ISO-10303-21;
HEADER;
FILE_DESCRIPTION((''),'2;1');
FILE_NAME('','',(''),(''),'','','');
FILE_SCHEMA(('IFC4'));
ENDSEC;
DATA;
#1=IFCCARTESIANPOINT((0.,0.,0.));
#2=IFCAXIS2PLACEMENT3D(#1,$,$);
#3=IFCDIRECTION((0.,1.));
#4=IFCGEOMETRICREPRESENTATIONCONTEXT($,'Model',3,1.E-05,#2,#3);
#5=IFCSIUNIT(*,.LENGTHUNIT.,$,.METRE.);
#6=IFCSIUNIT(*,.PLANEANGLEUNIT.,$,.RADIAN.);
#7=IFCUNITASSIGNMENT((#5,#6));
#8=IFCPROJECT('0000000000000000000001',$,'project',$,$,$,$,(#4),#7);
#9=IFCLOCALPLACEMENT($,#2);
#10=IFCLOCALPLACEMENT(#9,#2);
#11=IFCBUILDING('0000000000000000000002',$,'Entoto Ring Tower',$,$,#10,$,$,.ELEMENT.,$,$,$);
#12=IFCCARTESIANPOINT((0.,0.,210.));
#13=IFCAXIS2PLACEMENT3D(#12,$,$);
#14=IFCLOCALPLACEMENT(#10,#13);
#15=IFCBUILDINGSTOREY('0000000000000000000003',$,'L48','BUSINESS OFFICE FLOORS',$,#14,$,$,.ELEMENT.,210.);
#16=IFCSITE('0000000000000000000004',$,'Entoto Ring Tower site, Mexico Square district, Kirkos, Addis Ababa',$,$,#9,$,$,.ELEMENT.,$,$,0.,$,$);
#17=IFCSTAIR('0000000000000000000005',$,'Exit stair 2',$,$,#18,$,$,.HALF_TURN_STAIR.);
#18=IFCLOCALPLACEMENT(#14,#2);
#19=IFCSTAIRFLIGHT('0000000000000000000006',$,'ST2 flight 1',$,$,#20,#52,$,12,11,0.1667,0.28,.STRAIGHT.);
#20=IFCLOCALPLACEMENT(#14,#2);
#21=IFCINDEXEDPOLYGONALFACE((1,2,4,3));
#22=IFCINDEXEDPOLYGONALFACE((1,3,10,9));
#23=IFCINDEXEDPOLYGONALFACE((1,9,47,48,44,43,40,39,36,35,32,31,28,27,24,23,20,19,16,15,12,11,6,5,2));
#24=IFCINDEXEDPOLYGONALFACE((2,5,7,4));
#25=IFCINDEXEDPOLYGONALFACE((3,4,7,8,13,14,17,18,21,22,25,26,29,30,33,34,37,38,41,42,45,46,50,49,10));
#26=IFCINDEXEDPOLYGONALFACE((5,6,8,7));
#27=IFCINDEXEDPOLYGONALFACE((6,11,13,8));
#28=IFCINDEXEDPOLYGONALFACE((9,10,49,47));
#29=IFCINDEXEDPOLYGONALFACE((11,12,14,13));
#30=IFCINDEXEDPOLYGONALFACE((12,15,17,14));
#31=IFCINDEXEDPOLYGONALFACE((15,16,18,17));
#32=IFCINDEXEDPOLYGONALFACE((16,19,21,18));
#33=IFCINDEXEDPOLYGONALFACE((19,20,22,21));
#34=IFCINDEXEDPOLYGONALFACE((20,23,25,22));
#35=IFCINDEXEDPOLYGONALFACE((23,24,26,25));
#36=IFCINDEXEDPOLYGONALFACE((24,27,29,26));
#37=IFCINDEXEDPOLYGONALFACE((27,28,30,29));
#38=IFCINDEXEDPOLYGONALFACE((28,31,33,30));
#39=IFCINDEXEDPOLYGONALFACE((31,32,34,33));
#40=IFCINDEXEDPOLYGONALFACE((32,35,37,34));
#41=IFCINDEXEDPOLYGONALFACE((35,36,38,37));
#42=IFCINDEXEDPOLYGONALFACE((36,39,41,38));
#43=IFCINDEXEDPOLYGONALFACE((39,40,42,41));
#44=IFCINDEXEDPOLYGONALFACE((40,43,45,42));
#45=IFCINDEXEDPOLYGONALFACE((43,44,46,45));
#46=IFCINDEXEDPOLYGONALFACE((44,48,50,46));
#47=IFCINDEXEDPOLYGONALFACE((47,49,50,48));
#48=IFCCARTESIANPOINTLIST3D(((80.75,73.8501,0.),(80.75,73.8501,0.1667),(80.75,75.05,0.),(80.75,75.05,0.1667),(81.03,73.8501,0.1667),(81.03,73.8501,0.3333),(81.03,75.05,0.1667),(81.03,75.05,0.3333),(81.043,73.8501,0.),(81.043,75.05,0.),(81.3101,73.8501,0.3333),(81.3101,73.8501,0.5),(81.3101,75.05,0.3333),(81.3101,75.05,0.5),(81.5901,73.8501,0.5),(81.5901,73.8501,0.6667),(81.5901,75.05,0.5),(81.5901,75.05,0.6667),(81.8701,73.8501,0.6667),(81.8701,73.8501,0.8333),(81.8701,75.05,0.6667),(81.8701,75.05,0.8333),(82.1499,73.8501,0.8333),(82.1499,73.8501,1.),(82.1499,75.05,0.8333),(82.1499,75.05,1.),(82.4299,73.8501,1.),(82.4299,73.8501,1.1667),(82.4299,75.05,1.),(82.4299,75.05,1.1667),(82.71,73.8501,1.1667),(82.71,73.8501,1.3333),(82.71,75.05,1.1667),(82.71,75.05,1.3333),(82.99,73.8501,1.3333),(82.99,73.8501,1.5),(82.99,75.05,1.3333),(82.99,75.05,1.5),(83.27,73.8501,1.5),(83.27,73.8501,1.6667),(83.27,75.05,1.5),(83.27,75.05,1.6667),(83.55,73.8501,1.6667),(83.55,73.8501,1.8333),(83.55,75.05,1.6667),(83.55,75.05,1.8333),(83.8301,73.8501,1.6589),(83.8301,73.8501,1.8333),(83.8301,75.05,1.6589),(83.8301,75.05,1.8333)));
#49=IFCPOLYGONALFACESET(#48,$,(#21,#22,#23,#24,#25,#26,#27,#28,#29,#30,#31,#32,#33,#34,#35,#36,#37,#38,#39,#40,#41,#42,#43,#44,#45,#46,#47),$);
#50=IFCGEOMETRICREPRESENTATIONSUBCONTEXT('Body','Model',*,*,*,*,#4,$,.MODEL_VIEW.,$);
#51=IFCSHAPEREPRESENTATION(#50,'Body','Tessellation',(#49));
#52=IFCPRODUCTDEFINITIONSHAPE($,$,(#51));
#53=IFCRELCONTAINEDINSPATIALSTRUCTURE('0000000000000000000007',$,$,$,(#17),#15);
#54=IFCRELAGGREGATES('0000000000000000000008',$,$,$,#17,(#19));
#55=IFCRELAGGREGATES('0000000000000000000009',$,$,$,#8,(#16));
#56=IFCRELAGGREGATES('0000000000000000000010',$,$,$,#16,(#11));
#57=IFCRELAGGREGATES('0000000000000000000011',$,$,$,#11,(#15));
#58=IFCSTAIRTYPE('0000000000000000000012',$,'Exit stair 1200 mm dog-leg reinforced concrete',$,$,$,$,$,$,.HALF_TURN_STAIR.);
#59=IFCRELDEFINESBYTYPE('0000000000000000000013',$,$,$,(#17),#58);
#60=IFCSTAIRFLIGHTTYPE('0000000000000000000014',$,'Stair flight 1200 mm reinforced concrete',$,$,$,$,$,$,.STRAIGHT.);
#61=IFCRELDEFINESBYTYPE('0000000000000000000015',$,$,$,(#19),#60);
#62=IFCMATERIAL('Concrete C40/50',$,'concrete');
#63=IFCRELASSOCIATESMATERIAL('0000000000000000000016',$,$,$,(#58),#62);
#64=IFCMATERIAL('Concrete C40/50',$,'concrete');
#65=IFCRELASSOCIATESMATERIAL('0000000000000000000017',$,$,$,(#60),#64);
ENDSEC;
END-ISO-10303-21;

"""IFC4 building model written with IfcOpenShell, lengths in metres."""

from ifc_helpers import new_model, si_unit, direction, frame, origin, place, context, subcontext, project, spatial, polyline, outline, extrude, material, type_object, element, aggregate, save


model = new_model("IFC4")

# Units and contexts
model_context = context("Model", 3, precision=1e-05, world=origin(), true_north=direction((0.0, 1.0)))
body_context = subcontext(model_context, "Body", "Model", "MODEL_VIEW")
ifc_project = project(units=[si_unit("LENGTHUNIT", "METRE"), si_unit("PLANEANGLEUNIT", "RADIAN")], contexts=[model_context])

# Site, building, storey
site_placement = place(None, origin())
site = spatial("IfcSite", under=ifc_project, at=site_placement, Name="Entoto Ring Tower site, Mexico Square district, Kirkos, Addis Ababa", CompositionType="ELEMENT", RefElevation=0.0)
building_placement = place(site_placement, origin())
building = spatial("IfcBuilding", under=site, at=building_placement, Name="Entoto Ring Tower", CompositionType="ELEMENT")
storey_placement = place(building_placement, frame((0.0, 0.0, 210.0)))
storey = spatial("IfcBuildingStorey", under=building, at=storey_placement, Name="L48", Description="BUSINESS OFFICE FLOORS", CompositionType="ELEMENT", Elevation=210.0)

# Stair, stair flight
ifc_material_1 = material(Name="Concrete C40/50", Category="concrete")
stair_type = type_object("IfcStairType", Name="Exit stair 1200 mm dog-leg reinforced concrete", PredefinedType="HALF_TURN_STAIR", material=ifc_material_1)
stair_placement = place(storey_placement, origin())
stair = element("IfcStair", 1, at=stair_placement, inside=storey, type_object=stair_type, Name="Exit stair 2", PredefinedType="HALF_TURN_STAIR")
ifc_material_2 = material(Name="Concrete C40/50", Category="concrete")
stair_flight_type = type_object("IfcStairFlightType", Name="Stair flight 1200 mm reinforced concrete", PredefinedType="STRAIGHT", material=ifc_material_2)
stair_flight_placement = place(storey_placement, frame((80.75, 74.45, 0.0), z_axis=(0.0, 0.0, 1.0), x_axis=(1.0, 0.0, 0.0)))
stair_flight = element("IfcStairFlight", 2, at=stair_flight_placement, type_object=stair_flight_type, Name="ST2 flight 1", NumberOfRisers=12, NumberOfTreads=11, PredefinedType="STRAIGHT", RiserHeight=0.1667, TreadLength=0.28, context=body_context, shape_type="SweptSolid", body=[
    extrude(outline(polyline([(0.0, 0.0), (0.0, 0.1667), (0.28, 0.1667), (0.28, 0.3333), (0.5601, 0.3333), (0.5601, 0.5), (0.8401, 0.5), (0.8401, 0.6667), (1.1201, 0.6667), (1.1201, 0.8333), (1.3999, 0.8333), (1.3999, 1.0), (1.6799, 1.0), (1.6799, 1.1667), (1.96, 1.1667), (1.96, 1.3333), (2.24, 1.3333), (2.24, 1.5), (2.52, 1.5), (2.52, 1.6667), (2.8, 1.6667), (2.8, 1.8333), (3.0801, 1.8333), (3.0801, 2.0), (3.0801, 1.6589), (0.293, 0.0), (0.0, 0.0)])), frame((0.0, 0.6001, 0.0), z_axis=(0.0, -1.0, 0.0), x_axis=(1.0, 0.0, 0.0)), (0.0, 0.0, 1.0), 1.2),
])
aggregate(stair, [stair_flight])

save(model, "model.ifc")
